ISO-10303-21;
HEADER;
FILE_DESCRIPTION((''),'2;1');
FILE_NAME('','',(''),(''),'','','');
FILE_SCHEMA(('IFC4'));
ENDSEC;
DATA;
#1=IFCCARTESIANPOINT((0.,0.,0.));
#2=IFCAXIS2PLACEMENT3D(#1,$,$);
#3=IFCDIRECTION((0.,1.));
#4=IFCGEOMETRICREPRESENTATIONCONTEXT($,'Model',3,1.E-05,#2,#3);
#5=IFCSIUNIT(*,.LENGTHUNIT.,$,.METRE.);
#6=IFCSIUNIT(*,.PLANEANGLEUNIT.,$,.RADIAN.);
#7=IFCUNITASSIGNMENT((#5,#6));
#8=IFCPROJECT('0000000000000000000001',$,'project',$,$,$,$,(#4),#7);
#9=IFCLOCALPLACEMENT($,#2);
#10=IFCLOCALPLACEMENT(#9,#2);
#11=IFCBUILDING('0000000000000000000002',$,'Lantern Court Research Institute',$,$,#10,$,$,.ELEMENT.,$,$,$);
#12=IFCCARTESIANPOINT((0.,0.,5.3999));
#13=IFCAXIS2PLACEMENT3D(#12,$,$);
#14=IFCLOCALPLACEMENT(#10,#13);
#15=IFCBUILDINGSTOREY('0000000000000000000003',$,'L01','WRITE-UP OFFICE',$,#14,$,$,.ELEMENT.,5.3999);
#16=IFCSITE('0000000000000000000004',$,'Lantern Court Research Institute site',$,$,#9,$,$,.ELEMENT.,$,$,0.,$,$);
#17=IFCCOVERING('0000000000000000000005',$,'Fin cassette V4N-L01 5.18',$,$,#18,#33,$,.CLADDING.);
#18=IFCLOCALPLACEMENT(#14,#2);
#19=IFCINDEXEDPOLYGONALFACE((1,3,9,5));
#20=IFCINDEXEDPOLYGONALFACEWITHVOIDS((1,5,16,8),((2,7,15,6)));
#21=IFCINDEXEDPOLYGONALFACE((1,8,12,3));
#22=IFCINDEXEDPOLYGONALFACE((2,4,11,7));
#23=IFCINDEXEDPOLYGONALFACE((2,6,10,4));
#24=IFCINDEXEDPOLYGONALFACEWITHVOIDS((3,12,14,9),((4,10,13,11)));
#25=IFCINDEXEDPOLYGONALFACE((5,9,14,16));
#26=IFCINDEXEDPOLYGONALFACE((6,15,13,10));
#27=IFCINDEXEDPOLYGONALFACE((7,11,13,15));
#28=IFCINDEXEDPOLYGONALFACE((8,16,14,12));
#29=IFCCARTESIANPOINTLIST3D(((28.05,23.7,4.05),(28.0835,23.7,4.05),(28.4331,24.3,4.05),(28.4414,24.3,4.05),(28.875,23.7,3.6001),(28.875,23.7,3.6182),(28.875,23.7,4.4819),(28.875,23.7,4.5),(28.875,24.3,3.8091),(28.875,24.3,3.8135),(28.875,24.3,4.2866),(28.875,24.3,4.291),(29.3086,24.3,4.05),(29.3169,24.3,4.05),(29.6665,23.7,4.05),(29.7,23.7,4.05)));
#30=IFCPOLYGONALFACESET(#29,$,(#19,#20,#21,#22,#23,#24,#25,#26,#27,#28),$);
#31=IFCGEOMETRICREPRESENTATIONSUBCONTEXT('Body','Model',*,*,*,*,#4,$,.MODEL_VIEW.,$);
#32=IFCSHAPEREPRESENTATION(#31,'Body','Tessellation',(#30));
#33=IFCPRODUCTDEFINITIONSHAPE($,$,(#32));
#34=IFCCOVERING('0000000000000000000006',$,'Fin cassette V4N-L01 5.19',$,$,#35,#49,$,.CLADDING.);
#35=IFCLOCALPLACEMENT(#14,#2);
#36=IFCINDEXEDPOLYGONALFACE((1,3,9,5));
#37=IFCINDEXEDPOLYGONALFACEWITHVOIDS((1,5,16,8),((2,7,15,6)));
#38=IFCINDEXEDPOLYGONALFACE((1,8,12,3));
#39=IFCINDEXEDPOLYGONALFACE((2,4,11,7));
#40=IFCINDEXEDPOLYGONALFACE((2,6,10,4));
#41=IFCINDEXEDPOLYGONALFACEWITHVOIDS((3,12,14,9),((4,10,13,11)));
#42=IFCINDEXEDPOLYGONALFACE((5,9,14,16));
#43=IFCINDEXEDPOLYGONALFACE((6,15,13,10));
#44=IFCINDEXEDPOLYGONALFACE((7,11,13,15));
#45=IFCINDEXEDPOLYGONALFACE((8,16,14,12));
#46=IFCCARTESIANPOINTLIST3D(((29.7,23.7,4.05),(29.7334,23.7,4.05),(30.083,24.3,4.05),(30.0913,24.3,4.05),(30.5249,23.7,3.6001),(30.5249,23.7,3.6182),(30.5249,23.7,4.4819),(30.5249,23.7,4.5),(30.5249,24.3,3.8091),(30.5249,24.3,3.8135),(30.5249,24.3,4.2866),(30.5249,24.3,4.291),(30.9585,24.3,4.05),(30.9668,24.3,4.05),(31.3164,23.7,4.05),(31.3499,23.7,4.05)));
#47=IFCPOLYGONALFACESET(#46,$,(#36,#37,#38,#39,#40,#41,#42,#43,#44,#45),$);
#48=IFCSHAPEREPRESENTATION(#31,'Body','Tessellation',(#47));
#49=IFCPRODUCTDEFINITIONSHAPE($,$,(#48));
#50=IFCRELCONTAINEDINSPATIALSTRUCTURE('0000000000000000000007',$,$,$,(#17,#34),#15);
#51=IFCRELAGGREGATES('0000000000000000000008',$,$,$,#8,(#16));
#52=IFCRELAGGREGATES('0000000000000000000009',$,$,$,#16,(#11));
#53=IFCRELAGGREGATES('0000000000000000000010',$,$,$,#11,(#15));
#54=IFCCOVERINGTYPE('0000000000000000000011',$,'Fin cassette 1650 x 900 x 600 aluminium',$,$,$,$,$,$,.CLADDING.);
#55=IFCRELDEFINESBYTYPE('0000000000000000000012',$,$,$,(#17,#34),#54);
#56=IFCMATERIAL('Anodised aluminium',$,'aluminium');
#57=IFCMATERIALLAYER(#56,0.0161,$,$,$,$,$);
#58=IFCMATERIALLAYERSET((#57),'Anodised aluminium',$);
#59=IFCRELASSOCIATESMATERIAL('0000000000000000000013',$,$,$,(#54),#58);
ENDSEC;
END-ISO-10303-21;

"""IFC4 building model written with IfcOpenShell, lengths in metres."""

from ifc_helpers import new_model, entity, si_unit, direction, frame, origin, place, context, subcontext, project, spatial, material, layer, layer_set, type_object, element, save


model = new_model("IFC4")

# Units and contexts
model_context = context("Model", 3, precision=1e-05, world=origin(), true_north=direction((0.0, 1.0)))
body_context = subcontext(model_context, "Body", "Model", "MODEL_VIEW")
ifc_project = project(units=[si_unit("LENGTHUNIT", "METRE"), si_unit("PLANEANGLEUNIT", "RADIAN")], contexts=[model_context])

# Site, building, storey
site_placement = place(None, origin())
site = spatial("IfcSite", under=ifc_project, at=site_placement, Name="Lantern Court Research Institute site", CompositionType="ELEMENT", RefElevation=0.0)
building_placement = place(site_placement, origin())
building = spatial("IfcBuilding", under=site, at=building_placement, Name="Lantern Court Research Institute", CompositionType="ELEMENT")
storey_placement = place(building_placement, frame((0.0, 0.0, 5.3999)))
storey = spatial("IfcBuildingStorey", under=building, at=storey_placement, Name="L01", Description="WRITE-UP OFFICE", CompositionType="ELEMENT", Elevation=5.3999)

# Coverings
ifc_material_1 = material(Name="Anodised aluminium", Category="aluminium")
ifc_layer_1 = layer(ifc_material_1, 0.0161)
ifc_layer_set_1 = layer_set([ifc_layer_1], Name="Anodised aluminium")
covering_type = type_object("IfcCoveringType", Name="Fin cassette 1650 x 900 x 600 aluminium", PredefinedType="CLADDING", material=ifc_layer_set_1)
covering_1_placement = place(storey_placement, frame((28.875, 23.7, 4.05), z_axis=(0.0, 1.0, 0.0), x_axis=(-1.0, 0.0, 0.0)))
cartesian_point_1 = entity("IfcCartesianPoint", [0.825, 0.0])
cartesian_point_2 = entity("IfcCartesianPoint", [0.7915, 0.0])
cartesian_point_3 = entity("IfcCartesianPoint", [0.4419, 0.0])
cartesian_point_4 = entity("IfcCartesianPoint", [0.4336, 0.0])
element("IfcCovering", 1, at=covering_1_placement, inside=storey, type_object=covering_type, Name="Fin cassette V4N-L01 5.18", PredefinedType="CLADDING", context=body_context, shape_type="SweptSolid", body=[
    entity("IfcExtrudedAreaSolidTapered", entity("IfcArbitraryProfileDefWithVoids", "AREA", None, entity("IfcPolyline", [cartesian_point_1, entity("IfcCartesianPoint", [0.0, 0.45]), entity("IfcCartesianPoint", [-0.825, 0.0]), entity("IfcCartesianPoint", [0.0, -0.45]), cartesian_point_1]), [entity("IfcPolyline", [cartesian_point_2, entity("IfcCartesianPoint", [0.0, 0.4319]), entity("IfcCartesianPoint", [-0.7915, 0.0]), entity("IfcCartesianPoint", [0.0, -0.4319]), cartesian_point_2])]), entity("IfcAxis2Placement3D", entity("IfcCartesianPoint", [0.0, 0.0, 0.0])), entity("IfcDirection", [0.0, 0.0, 1.0]), 0.6001, entity("IfcArbitraryProfileDefWithVoids", "AREA", None, entity("IfcPolyline", [cartesian_point_3, entity("IfcCartesianPoint", [0.0, 0.241]), entity("IfcCartesianPoint", [-0.4419, 0.0]), entity("IfcCartesianPoint", [0.0, -0.241]), cartesian_point_3]), [entity("IfcPolyline", [cartesian_point_4, entity("IfcCartesianPoint", [0.0, 0.2366]), entity("IfcCartesianPoint", [-0.4336, 0.0]), entity("IfcCartesianPoint", [0.0, -0.2366]), cartesian_point_4])])),
])
covering_2_placement = place(storey_placement, frame((30.5249, 23.7, 4.05), z_axis=(0.0, 1.0, 0.0), x_axis=(-1.0, 0.0, 0.0)))
cartesian_point_5 = entity("IfcCartesianPoint", [0.825, 0.0])
cartesian_point_6 = entity("IfcCartesianPoint", [0.7915, 0.0])
cartesian_point_7 = entity("IfcCartesianPoint", [0.4419, 0.0])
cartesian_point_8 = entity("IfcCartesianPoint", [0.4336, 0.0])
element("IfcCovering", 2, at=covering_2_placement, inside=storey, type_object=covering_type, Name="Fin cassette V4N-L01 5.19", PredefinedType="CLADDING", context=body_context, shape_type="SweptSolid", body=[
    entity("IfcExtrudedAreaSolidTapered", entity("IfcArbitraryProfileDefWithVoids", "AREA", None, entity("IfcPolyline", [cartesian_point_5, entity("IfcCartesianPoint", [0.0, 0.45]), entity("IfcCartesianPoint", [-0.825, 0.0]), entity("IfcCartesianPoint", [0.0, -0.45]), cartesian_point_5]), [entity("IfcPolyline", [cartesian_point_6, entity("IfcCartesianPoint", [0.0, 0.4319]), entity("IfcCartesianPoint", [-0.7915, 0.0]), entity("IfcCartesianPoint", [0.0, -0.4319]), cartesian_point_6])]), entity("IfcAxis2Placement3D", entity("IfcCartesianPoint", [0.0, 0.0, 0.0])), entity("IfcDirection", [0.0, 0.0, 1.0]), 0.6001, entity("IfcArbitraryProfileDefWithVoids", "AREA", None, entity("IfcPolyline", [cartesian_point_7, entity("IfcCartesianPoint", [0.0, 0.241]), entity("IfcCartesianPoint", [-0.4419, 0.0]), entity("IfcCartesianPoint", [0.0, -0.241]), cartesian_point_7]), [entity("IfcPolyline", [cartesian_point_8, entity("IfcCartesianPoint", [0.0, 0.2366]), entity("IfcCartesianPoint", [-0.4336, 0.0]), entity("IfcCartesianPoint", [0.0, -0.2366]), cartesian_point_8])])),
])

save(model, "model.ifc")
